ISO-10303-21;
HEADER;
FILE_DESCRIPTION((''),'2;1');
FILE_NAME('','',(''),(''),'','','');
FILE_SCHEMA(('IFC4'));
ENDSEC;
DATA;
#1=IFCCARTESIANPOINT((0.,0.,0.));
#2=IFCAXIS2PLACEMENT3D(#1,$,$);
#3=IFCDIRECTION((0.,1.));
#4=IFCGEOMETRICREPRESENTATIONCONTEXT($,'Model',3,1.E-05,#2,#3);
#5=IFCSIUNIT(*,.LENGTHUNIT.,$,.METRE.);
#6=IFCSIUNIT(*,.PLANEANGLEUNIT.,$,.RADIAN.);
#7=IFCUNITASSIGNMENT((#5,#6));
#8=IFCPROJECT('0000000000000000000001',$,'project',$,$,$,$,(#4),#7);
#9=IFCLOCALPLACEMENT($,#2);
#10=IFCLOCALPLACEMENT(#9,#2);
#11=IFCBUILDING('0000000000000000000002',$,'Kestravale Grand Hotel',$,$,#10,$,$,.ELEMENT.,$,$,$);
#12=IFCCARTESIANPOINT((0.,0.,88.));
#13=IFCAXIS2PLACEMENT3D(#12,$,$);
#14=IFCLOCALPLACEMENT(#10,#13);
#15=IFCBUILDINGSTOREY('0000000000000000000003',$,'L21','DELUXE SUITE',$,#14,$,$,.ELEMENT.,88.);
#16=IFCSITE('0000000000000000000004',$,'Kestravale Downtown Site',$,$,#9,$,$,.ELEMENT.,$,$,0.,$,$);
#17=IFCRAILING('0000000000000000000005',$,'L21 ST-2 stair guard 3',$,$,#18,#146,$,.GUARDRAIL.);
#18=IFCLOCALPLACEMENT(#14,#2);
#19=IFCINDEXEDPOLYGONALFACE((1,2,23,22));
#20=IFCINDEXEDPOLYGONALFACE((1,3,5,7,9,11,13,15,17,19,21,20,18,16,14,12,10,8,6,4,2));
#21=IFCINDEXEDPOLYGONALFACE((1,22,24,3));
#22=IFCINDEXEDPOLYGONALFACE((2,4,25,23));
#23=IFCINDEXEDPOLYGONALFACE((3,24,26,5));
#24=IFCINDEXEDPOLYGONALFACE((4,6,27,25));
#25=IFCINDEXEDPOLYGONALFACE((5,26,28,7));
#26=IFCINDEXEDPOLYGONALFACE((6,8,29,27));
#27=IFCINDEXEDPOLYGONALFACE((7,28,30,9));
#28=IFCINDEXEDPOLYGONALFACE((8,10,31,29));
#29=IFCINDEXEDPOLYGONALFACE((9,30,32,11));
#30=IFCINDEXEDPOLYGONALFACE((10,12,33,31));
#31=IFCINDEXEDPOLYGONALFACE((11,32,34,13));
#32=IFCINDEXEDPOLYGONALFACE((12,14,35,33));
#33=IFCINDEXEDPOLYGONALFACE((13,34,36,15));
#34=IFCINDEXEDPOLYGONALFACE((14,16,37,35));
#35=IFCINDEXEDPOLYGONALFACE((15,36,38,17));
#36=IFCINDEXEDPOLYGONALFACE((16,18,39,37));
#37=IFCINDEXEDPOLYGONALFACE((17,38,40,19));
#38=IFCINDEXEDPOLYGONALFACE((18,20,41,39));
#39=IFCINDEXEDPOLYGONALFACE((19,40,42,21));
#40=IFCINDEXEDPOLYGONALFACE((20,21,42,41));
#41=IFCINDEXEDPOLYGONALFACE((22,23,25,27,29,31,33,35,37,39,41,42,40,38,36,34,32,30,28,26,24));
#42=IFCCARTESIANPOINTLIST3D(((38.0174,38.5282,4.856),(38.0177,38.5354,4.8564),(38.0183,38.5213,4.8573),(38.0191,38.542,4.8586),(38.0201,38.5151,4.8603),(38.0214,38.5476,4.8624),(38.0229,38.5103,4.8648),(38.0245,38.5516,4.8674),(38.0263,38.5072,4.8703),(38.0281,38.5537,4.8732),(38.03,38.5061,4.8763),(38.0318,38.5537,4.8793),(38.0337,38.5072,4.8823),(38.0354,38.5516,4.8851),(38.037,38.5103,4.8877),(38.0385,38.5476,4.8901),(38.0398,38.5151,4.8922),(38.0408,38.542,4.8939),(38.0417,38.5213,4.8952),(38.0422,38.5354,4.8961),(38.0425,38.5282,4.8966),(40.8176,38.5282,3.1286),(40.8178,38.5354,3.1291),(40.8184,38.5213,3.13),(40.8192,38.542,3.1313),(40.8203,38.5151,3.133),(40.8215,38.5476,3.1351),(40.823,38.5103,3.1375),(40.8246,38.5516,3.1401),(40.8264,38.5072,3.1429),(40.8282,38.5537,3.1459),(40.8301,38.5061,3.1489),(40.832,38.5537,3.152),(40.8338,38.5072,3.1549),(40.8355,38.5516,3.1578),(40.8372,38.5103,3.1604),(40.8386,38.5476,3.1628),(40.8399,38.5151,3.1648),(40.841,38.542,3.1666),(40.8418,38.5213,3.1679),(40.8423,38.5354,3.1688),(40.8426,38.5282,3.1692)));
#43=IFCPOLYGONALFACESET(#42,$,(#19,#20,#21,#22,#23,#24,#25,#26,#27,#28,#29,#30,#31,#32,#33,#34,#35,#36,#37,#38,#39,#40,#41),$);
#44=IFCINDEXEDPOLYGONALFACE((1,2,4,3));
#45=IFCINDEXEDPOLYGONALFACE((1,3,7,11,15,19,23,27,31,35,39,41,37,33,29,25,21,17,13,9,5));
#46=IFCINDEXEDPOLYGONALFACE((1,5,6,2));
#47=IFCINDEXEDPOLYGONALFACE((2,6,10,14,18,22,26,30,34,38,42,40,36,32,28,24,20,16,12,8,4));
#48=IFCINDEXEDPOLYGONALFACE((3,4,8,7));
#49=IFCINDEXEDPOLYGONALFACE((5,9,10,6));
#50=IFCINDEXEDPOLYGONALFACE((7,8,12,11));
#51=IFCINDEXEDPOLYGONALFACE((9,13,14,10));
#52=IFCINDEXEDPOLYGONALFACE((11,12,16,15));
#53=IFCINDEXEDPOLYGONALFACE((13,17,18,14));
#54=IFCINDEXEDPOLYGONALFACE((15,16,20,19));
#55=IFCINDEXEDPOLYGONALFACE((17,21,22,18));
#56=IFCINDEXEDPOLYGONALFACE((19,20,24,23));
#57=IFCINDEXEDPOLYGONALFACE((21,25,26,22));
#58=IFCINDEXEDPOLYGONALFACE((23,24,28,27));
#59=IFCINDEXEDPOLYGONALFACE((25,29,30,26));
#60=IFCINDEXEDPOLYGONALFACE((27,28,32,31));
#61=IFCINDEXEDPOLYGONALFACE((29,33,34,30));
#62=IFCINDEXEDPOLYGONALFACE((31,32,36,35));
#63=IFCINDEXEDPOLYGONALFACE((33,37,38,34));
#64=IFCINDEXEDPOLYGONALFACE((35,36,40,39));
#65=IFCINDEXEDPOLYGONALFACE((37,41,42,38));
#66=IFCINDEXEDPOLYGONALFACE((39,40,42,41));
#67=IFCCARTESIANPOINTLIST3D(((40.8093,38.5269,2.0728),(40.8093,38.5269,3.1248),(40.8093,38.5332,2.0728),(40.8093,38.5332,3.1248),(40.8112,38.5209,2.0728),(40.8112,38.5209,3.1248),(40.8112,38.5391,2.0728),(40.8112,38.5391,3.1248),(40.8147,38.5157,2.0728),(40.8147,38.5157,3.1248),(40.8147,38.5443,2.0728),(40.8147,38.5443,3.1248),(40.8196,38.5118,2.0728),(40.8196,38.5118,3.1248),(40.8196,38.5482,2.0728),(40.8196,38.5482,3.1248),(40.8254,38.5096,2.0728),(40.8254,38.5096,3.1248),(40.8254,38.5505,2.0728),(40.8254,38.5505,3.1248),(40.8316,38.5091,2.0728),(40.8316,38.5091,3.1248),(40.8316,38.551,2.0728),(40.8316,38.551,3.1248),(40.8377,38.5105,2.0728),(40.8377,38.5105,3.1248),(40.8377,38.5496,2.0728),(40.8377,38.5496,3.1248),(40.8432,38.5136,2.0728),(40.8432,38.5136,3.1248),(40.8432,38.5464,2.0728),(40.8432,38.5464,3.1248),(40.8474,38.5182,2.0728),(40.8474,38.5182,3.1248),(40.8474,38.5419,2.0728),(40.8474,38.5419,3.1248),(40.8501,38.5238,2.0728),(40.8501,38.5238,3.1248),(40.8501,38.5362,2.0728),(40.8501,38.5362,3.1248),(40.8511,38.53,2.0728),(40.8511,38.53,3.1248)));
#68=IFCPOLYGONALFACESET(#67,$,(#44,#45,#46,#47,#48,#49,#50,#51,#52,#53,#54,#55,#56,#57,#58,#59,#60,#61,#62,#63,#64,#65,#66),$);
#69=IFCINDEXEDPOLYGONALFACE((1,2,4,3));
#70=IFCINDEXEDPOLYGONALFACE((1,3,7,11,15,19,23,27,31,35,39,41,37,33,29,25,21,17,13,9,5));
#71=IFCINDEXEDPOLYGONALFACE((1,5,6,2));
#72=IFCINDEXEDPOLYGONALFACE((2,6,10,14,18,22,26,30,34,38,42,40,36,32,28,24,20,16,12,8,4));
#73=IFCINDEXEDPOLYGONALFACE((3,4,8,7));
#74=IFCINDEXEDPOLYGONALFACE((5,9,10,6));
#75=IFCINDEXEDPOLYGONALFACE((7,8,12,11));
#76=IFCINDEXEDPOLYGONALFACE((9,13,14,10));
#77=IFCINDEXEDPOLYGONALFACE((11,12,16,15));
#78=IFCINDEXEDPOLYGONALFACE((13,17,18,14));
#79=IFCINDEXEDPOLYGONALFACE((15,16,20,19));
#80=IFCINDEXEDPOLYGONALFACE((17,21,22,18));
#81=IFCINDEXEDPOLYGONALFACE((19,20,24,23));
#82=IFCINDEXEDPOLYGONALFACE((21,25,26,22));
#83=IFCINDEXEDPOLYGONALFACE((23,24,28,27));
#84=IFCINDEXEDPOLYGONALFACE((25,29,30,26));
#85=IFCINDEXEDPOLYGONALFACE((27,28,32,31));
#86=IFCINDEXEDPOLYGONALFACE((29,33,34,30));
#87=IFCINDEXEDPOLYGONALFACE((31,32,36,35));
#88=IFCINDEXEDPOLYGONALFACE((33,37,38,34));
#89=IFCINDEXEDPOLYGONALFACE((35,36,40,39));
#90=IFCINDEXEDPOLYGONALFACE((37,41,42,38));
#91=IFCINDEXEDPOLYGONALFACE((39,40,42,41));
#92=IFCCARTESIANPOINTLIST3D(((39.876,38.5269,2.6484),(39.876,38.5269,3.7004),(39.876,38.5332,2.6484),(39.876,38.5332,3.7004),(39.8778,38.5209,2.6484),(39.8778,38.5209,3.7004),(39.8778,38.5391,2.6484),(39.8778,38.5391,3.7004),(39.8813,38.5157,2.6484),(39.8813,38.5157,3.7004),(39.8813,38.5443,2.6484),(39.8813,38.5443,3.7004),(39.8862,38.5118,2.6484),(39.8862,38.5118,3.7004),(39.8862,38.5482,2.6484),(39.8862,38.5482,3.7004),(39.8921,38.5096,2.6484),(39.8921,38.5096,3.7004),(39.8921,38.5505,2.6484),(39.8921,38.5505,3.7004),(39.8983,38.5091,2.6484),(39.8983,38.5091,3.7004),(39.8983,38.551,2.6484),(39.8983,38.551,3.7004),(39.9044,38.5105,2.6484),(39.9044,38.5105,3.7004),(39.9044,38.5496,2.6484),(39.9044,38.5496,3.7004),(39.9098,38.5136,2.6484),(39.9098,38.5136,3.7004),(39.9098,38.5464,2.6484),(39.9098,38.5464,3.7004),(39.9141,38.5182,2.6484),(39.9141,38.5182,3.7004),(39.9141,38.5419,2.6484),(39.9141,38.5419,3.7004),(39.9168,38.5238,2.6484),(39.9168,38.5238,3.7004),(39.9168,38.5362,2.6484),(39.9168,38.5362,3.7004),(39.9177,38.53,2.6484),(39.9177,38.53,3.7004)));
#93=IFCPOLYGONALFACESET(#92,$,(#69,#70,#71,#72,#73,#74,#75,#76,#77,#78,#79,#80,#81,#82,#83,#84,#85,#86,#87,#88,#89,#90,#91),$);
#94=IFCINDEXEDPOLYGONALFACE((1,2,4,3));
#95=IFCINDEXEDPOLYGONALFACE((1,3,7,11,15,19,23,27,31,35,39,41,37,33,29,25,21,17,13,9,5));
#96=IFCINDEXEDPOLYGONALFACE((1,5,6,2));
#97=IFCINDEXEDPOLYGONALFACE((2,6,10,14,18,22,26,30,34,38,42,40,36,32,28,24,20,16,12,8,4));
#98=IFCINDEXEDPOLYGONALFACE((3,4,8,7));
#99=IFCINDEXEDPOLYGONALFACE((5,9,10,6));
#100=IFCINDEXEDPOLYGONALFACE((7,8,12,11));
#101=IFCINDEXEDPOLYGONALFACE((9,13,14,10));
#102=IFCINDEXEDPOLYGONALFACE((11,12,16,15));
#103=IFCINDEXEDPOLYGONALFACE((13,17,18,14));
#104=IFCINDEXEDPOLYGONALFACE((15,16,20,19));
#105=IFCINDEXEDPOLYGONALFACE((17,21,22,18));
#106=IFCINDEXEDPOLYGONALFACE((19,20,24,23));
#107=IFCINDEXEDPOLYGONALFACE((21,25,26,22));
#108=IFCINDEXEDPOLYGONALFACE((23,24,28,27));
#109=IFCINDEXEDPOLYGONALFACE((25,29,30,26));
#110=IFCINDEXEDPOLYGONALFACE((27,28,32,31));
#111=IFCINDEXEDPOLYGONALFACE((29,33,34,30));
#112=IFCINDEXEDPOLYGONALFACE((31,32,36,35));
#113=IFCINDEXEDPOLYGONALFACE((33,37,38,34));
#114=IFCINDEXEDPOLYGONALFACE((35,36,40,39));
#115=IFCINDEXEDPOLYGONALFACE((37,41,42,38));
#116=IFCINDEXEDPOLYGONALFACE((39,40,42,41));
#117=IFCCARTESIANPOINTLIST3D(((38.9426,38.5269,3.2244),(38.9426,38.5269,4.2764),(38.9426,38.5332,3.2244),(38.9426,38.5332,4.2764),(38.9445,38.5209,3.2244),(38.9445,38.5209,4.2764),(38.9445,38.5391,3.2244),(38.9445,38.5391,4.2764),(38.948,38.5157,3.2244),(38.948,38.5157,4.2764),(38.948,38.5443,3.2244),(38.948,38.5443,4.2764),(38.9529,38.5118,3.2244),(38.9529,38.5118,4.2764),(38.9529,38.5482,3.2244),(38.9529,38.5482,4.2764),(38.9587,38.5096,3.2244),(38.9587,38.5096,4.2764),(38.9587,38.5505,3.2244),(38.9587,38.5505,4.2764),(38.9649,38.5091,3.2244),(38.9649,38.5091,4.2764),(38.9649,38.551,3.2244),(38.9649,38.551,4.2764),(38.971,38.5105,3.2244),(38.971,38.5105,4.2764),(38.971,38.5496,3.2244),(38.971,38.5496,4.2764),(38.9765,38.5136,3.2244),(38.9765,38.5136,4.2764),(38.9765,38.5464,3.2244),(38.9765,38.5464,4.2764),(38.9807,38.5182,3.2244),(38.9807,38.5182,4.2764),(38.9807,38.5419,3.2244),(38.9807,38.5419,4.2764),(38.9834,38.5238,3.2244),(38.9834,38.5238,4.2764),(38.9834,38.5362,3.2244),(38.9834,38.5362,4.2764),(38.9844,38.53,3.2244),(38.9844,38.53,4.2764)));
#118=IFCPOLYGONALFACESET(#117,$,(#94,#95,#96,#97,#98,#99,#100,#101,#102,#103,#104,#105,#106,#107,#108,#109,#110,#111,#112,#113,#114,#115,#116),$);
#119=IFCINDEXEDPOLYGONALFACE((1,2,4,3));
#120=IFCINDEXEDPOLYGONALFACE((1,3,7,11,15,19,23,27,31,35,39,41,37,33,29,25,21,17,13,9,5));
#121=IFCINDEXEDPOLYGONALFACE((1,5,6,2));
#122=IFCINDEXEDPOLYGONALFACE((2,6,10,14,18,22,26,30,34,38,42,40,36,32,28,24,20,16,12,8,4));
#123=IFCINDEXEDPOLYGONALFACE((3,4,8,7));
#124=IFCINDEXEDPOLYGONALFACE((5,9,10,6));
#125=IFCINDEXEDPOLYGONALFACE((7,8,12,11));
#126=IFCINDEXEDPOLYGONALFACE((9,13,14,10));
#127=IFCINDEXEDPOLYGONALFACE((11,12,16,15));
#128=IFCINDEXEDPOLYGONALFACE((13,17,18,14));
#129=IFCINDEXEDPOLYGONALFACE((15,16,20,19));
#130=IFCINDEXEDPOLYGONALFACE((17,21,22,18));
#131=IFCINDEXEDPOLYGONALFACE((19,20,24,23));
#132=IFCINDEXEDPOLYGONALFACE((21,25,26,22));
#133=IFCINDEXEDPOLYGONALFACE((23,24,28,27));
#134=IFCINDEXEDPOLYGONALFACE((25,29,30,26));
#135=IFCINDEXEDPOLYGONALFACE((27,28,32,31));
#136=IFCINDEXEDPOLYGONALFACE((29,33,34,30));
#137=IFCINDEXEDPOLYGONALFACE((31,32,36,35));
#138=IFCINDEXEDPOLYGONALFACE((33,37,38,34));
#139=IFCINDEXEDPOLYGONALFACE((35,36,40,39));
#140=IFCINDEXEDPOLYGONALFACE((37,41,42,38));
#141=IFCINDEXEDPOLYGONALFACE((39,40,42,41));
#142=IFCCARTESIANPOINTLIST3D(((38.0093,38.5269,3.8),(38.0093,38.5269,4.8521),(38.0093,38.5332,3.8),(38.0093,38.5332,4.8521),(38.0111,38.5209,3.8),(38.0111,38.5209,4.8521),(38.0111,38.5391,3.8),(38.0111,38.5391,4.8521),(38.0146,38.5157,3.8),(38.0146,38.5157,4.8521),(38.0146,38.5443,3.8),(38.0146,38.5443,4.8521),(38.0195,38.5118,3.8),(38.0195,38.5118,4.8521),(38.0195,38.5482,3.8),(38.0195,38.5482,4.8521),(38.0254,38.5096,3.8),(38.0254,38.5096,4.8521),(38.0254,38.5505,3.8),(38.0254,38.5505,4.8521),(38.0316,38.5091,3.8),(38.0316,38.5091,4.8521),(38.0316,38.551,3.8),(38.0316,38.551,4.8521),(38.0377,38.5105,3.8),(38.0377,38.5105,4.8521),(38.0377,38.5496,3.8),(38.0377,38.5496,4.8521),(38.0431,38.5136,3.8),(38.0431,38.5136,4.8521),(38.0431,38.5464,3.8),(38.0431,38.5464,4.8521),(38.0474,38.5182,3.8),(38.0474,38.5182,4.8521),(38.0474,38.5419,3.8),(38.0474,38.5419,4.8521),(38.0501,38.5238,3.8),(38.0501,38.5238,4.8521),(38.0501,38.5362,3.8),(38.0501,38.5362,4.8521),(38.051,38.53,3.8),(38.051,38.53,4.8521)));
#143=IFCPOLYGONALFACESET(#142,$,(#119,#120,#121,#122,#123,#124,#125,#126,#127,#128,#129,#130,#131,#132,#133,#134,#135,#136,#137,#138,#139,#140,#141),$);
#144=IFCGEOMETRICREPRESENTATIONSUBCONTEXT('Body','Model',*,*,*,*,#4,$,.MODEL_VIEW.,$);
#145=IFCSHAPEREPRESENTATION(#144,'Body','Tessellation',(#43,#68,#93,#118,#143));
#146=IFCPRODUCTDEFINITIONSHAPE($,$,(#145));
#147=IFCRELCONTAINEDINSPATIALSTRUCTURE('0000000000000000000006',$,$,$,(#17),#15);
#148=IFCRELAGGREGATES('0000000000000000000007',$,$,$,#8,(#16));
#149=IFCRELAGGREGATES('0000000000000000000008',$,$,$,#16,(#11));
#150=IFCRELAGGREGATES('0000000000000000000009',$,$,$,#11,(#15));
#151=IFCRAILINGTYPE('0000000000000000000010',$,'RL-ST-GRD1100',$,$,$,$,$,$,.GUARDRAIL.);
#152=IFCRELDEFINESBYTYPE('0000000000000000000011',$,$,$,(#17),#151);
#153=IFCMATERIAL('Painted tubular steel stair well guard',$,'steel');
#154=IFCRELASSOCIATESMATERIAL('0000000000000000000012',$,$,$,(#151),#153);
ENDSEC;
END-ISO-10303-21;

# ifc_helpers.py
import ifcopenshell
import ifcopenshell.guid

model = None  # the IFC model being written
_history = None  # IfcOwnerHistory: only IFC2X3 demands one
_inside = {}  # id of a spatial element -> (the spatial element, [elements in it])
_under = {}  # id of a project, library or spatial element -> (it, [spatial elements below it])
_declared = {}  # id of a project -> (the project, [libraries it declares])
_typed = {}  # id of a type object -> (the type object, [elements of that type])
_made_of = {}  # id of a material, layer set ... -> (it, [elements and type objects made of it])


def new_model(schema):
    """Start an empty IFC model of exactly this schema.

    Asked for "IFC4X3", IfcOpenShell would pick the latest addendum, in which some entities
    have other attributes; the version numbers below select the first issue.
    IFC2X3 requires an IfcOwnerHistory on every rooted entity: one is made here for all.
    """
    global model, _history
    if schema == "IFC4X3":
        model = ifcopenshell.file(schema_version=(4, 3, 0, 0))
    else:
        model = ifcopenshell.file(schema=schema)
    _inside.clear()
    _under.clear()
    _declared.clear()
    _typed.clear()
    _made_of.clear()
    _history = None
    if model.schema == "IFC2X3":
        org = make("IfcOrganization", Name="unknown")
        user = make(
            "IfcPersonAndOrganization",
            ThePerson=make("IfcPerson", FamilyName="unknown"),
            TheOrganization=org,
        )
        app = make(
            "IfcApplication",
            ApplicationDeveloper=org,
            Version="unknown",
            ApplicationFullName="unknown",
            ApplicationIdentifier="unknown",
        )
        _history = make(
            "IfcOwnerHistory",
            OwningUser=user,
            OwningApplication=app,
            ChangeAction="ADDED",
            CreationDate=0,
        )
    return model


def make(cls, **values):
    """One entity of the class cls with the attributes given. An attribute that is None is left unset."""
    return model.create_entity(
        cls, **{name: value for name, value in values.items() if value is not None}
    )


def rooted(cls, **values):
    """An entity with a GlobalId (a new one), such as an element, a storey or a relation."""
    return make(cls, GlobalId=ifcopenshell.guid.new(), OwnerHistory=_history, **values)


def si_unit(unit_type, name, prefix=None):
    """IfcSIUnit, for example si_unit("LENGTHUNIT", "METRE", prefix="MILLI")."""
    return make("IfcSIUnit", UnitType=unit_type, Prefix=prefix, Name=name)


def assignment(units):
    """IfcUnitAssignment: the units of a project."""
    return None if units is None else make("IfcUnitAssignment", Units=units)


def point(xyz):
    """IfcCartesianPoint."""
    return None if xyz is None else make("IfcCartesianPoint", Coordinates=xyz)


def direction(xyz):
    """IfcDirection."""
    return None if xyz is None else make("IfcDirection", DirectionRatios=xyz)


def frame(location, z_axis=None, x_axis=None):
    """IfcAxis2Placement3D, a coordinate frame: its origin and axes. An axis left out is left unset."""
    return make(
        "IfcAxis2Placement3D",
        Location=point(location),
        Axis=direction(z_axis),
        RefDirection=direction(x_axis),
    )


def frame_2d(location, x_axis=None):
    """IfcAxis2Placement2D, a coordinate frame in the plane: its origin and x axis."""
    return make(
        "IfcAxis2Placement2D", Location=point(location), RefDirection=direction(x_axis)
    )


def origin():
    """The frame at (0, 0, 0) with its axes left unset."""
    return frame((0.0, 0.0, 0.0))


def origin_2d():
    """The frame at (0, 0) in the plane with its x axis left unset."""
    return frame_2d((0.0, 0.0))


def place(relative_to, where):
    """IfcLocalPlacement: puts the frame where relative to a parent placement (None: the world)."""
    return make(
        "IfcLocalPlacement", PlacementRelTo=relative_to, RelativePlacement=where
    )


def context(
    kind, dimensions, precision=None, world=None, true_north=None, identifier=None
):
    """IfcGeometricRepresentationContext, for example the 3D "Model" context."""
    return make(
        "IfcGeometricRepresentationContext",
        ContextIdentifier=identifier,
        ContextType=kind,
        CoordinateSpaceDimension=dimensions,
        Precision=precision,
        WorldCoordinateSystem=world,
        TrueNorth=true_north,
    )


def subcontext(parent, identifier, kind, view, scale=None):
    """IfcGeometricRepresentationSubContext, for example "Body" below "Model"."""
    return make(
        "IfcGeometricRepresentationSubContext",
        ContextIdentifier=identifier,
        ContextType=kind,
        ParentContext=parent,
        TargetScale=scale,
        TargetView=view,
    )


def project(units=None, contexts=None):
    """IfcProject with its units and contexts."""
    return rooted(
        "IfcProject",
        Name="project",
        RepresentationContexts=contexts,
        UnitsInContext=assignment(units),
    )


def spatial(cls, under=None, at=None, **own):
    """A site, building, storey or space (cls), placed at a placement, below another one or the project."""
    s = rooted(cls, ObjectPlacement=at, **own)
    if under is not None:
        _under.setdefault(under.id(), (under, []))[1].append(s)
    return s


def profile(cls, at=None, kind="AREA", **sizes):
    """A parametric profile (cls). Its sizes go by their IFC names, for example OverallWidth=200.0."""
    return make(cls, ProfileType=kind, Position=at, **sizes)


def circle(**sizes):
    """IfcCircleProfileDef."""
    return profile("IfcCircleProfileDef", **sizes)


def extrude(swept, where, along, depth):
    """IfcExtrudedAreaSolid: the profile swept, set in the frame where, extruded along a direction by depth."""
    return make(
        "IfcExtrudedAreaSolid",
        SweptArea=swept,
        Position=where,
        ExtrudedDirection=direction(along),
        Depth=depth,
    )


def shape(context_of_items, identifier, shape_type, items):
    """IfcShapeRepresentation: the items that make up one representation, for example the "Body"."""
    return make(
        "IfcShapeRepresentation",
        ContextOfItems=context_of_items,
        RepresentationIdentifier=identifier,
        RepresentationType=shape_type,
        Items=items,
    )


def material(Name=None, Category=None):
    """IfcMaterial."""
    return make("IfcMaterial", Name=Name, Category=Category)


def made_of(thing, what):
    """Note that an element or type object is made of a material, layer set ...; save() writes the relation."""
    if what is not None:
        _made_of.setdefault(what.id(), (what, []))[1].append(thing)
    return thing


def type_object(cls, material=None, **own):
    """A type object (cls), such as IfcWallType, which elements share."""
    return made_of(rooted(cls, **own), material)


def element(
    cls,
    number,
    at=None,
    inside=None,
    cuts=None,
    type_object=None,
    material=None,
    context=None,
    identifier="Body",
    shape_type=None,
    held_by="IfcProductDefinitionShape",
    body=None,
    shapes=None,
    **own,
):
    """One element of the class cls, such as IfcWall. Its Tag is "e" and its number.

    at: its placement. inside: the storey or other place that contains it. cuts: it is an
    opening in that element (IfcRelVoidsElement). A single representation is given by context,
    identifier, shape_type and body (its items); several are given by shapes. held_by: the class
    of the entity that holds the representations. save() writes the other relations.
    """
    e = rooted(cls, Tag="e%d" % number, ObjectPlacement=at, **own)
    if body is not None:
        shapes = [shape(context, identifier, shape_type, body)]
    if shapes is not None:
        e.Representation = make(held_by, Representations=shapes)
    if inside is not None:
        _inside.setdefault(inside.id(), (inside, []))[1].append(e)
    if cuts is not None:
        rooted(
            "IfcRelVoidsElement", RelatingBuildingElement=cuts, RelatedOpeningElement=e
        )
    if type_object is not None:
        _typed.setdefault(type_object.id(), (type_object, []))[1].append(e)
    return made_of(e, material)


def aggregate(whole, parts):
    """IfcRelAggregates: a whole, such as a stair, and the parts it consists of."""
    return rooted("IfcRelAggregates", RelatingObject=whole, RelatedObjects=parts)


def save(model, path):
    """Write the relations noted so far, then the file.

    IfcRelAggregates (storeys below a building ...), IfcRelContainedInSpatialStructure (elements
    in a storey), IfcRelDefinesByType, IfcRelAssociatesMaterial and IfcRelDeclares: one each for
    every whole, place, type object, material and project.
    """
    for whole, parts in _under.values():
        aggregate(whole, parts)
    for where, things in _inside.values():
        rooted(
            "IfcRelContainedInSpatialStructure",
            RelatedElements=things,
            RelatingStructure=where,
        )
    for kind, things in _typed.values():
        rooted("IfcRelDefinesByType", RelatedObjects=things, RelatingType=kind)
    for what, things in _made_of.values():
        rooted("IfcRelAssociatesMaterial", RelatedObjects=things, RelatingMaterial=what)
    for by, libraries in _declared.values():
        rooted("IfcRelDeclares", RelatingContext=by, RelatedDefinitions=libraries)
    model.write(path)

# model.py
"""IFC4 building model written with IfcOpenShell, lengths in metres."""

from ifc_helpers import new_model, si_unit, direction, frame, origin, origin_2d, place, context, subcontext, project, spatial, circle, extrude, material, type_object, element, save


model = new_model("IFC4")

# Units and contexts
model_context = context("Model", 3, precision=1e-05, world=origin(), true_north=direction((0.0, 1.0)))
body_context = subcontext(model_context, "Body", "Model", "MODEL_VIEW")
ifc_project = project(units=[si_unit("LENGTHUNIT", "METRE"), si_unit("PLANEANGLEUNIT", "RADIAN")], contexts=[model_context])

# Site, building, storey
site_placement = place(None, origin())
site = spatial("IfcSite", under=ifc_project, at=site_placement, Name="Kestravale Downtown Site", CompositionType="ELEMENT", RefElevation=0.0)
building_placement = place(site_placement, origin())
building = spatial("IfcBuilding", under=site, at=building_placement, Name="Kestravale Grand Hotel", CompositionType="ELEMENT")
storey_placement = place(building_placement, frame((0.0, 0.0, 88.0)))
storey = spatial("IfcBuildingStorey", under=building, at=storey_placement, Name="L21", Description="DELUXE SUITE", CompositionType="ELEMENT", Elevation=88.0)

# Railing
ifc_material_1 = material(Name="Painted tubular steel stair well guard", Category="steel")
railing_type_1 = type_object("IfcRailingType", Name="RL-ST-GRD1100", PredefinedType="GUARDRAIL", material=ifc_material_1)
railing_1_placement = place(storey_placement, frame((40.8301, 38.53, 2.0728)))
element("IfcRailing", 1, at=railing_1_placement, inside=storey, type_object=railing_type_1, Name="L21 ST-2 stair guard 3", PredefinedType="GUARDRAIL", context=body_context, shape_type="SweptSolid", body=[
    extrude(circle(Radius=0.0239, at=origin_2d()), frame((0.0, 0.0, 1.0762), z_axis=(-0.85109, 0.0, 0.52502), x_axis=(0.0, -1.0, 0.0)), (0.0, 0.0, 1.0), 3.29),
    extrude(circle(Radius=0.021, at=origin_2d()), origin(), (0.0, 0.0, 1.0), 1.052),
    extrude(circle(Radius=0.021, at=origin_2d()), frame((-0.9333, 0.0, 0.5757)), (0.0, 0.0, 1.0), 1.052),
    extrude(circle(Radius=0.021, at=origin_2d()), frame((-1.8667, 0.0, 1.1516)), (0.0, 0.0, 1.0), 1.052),
    extrude(circle(Radius=0.021, at=origin_2d()), frame((-2.8, 0.0, 1.7273)), (0.0, 0.0, 1.0), 1.052),
])

save(model, "model.ifc")
